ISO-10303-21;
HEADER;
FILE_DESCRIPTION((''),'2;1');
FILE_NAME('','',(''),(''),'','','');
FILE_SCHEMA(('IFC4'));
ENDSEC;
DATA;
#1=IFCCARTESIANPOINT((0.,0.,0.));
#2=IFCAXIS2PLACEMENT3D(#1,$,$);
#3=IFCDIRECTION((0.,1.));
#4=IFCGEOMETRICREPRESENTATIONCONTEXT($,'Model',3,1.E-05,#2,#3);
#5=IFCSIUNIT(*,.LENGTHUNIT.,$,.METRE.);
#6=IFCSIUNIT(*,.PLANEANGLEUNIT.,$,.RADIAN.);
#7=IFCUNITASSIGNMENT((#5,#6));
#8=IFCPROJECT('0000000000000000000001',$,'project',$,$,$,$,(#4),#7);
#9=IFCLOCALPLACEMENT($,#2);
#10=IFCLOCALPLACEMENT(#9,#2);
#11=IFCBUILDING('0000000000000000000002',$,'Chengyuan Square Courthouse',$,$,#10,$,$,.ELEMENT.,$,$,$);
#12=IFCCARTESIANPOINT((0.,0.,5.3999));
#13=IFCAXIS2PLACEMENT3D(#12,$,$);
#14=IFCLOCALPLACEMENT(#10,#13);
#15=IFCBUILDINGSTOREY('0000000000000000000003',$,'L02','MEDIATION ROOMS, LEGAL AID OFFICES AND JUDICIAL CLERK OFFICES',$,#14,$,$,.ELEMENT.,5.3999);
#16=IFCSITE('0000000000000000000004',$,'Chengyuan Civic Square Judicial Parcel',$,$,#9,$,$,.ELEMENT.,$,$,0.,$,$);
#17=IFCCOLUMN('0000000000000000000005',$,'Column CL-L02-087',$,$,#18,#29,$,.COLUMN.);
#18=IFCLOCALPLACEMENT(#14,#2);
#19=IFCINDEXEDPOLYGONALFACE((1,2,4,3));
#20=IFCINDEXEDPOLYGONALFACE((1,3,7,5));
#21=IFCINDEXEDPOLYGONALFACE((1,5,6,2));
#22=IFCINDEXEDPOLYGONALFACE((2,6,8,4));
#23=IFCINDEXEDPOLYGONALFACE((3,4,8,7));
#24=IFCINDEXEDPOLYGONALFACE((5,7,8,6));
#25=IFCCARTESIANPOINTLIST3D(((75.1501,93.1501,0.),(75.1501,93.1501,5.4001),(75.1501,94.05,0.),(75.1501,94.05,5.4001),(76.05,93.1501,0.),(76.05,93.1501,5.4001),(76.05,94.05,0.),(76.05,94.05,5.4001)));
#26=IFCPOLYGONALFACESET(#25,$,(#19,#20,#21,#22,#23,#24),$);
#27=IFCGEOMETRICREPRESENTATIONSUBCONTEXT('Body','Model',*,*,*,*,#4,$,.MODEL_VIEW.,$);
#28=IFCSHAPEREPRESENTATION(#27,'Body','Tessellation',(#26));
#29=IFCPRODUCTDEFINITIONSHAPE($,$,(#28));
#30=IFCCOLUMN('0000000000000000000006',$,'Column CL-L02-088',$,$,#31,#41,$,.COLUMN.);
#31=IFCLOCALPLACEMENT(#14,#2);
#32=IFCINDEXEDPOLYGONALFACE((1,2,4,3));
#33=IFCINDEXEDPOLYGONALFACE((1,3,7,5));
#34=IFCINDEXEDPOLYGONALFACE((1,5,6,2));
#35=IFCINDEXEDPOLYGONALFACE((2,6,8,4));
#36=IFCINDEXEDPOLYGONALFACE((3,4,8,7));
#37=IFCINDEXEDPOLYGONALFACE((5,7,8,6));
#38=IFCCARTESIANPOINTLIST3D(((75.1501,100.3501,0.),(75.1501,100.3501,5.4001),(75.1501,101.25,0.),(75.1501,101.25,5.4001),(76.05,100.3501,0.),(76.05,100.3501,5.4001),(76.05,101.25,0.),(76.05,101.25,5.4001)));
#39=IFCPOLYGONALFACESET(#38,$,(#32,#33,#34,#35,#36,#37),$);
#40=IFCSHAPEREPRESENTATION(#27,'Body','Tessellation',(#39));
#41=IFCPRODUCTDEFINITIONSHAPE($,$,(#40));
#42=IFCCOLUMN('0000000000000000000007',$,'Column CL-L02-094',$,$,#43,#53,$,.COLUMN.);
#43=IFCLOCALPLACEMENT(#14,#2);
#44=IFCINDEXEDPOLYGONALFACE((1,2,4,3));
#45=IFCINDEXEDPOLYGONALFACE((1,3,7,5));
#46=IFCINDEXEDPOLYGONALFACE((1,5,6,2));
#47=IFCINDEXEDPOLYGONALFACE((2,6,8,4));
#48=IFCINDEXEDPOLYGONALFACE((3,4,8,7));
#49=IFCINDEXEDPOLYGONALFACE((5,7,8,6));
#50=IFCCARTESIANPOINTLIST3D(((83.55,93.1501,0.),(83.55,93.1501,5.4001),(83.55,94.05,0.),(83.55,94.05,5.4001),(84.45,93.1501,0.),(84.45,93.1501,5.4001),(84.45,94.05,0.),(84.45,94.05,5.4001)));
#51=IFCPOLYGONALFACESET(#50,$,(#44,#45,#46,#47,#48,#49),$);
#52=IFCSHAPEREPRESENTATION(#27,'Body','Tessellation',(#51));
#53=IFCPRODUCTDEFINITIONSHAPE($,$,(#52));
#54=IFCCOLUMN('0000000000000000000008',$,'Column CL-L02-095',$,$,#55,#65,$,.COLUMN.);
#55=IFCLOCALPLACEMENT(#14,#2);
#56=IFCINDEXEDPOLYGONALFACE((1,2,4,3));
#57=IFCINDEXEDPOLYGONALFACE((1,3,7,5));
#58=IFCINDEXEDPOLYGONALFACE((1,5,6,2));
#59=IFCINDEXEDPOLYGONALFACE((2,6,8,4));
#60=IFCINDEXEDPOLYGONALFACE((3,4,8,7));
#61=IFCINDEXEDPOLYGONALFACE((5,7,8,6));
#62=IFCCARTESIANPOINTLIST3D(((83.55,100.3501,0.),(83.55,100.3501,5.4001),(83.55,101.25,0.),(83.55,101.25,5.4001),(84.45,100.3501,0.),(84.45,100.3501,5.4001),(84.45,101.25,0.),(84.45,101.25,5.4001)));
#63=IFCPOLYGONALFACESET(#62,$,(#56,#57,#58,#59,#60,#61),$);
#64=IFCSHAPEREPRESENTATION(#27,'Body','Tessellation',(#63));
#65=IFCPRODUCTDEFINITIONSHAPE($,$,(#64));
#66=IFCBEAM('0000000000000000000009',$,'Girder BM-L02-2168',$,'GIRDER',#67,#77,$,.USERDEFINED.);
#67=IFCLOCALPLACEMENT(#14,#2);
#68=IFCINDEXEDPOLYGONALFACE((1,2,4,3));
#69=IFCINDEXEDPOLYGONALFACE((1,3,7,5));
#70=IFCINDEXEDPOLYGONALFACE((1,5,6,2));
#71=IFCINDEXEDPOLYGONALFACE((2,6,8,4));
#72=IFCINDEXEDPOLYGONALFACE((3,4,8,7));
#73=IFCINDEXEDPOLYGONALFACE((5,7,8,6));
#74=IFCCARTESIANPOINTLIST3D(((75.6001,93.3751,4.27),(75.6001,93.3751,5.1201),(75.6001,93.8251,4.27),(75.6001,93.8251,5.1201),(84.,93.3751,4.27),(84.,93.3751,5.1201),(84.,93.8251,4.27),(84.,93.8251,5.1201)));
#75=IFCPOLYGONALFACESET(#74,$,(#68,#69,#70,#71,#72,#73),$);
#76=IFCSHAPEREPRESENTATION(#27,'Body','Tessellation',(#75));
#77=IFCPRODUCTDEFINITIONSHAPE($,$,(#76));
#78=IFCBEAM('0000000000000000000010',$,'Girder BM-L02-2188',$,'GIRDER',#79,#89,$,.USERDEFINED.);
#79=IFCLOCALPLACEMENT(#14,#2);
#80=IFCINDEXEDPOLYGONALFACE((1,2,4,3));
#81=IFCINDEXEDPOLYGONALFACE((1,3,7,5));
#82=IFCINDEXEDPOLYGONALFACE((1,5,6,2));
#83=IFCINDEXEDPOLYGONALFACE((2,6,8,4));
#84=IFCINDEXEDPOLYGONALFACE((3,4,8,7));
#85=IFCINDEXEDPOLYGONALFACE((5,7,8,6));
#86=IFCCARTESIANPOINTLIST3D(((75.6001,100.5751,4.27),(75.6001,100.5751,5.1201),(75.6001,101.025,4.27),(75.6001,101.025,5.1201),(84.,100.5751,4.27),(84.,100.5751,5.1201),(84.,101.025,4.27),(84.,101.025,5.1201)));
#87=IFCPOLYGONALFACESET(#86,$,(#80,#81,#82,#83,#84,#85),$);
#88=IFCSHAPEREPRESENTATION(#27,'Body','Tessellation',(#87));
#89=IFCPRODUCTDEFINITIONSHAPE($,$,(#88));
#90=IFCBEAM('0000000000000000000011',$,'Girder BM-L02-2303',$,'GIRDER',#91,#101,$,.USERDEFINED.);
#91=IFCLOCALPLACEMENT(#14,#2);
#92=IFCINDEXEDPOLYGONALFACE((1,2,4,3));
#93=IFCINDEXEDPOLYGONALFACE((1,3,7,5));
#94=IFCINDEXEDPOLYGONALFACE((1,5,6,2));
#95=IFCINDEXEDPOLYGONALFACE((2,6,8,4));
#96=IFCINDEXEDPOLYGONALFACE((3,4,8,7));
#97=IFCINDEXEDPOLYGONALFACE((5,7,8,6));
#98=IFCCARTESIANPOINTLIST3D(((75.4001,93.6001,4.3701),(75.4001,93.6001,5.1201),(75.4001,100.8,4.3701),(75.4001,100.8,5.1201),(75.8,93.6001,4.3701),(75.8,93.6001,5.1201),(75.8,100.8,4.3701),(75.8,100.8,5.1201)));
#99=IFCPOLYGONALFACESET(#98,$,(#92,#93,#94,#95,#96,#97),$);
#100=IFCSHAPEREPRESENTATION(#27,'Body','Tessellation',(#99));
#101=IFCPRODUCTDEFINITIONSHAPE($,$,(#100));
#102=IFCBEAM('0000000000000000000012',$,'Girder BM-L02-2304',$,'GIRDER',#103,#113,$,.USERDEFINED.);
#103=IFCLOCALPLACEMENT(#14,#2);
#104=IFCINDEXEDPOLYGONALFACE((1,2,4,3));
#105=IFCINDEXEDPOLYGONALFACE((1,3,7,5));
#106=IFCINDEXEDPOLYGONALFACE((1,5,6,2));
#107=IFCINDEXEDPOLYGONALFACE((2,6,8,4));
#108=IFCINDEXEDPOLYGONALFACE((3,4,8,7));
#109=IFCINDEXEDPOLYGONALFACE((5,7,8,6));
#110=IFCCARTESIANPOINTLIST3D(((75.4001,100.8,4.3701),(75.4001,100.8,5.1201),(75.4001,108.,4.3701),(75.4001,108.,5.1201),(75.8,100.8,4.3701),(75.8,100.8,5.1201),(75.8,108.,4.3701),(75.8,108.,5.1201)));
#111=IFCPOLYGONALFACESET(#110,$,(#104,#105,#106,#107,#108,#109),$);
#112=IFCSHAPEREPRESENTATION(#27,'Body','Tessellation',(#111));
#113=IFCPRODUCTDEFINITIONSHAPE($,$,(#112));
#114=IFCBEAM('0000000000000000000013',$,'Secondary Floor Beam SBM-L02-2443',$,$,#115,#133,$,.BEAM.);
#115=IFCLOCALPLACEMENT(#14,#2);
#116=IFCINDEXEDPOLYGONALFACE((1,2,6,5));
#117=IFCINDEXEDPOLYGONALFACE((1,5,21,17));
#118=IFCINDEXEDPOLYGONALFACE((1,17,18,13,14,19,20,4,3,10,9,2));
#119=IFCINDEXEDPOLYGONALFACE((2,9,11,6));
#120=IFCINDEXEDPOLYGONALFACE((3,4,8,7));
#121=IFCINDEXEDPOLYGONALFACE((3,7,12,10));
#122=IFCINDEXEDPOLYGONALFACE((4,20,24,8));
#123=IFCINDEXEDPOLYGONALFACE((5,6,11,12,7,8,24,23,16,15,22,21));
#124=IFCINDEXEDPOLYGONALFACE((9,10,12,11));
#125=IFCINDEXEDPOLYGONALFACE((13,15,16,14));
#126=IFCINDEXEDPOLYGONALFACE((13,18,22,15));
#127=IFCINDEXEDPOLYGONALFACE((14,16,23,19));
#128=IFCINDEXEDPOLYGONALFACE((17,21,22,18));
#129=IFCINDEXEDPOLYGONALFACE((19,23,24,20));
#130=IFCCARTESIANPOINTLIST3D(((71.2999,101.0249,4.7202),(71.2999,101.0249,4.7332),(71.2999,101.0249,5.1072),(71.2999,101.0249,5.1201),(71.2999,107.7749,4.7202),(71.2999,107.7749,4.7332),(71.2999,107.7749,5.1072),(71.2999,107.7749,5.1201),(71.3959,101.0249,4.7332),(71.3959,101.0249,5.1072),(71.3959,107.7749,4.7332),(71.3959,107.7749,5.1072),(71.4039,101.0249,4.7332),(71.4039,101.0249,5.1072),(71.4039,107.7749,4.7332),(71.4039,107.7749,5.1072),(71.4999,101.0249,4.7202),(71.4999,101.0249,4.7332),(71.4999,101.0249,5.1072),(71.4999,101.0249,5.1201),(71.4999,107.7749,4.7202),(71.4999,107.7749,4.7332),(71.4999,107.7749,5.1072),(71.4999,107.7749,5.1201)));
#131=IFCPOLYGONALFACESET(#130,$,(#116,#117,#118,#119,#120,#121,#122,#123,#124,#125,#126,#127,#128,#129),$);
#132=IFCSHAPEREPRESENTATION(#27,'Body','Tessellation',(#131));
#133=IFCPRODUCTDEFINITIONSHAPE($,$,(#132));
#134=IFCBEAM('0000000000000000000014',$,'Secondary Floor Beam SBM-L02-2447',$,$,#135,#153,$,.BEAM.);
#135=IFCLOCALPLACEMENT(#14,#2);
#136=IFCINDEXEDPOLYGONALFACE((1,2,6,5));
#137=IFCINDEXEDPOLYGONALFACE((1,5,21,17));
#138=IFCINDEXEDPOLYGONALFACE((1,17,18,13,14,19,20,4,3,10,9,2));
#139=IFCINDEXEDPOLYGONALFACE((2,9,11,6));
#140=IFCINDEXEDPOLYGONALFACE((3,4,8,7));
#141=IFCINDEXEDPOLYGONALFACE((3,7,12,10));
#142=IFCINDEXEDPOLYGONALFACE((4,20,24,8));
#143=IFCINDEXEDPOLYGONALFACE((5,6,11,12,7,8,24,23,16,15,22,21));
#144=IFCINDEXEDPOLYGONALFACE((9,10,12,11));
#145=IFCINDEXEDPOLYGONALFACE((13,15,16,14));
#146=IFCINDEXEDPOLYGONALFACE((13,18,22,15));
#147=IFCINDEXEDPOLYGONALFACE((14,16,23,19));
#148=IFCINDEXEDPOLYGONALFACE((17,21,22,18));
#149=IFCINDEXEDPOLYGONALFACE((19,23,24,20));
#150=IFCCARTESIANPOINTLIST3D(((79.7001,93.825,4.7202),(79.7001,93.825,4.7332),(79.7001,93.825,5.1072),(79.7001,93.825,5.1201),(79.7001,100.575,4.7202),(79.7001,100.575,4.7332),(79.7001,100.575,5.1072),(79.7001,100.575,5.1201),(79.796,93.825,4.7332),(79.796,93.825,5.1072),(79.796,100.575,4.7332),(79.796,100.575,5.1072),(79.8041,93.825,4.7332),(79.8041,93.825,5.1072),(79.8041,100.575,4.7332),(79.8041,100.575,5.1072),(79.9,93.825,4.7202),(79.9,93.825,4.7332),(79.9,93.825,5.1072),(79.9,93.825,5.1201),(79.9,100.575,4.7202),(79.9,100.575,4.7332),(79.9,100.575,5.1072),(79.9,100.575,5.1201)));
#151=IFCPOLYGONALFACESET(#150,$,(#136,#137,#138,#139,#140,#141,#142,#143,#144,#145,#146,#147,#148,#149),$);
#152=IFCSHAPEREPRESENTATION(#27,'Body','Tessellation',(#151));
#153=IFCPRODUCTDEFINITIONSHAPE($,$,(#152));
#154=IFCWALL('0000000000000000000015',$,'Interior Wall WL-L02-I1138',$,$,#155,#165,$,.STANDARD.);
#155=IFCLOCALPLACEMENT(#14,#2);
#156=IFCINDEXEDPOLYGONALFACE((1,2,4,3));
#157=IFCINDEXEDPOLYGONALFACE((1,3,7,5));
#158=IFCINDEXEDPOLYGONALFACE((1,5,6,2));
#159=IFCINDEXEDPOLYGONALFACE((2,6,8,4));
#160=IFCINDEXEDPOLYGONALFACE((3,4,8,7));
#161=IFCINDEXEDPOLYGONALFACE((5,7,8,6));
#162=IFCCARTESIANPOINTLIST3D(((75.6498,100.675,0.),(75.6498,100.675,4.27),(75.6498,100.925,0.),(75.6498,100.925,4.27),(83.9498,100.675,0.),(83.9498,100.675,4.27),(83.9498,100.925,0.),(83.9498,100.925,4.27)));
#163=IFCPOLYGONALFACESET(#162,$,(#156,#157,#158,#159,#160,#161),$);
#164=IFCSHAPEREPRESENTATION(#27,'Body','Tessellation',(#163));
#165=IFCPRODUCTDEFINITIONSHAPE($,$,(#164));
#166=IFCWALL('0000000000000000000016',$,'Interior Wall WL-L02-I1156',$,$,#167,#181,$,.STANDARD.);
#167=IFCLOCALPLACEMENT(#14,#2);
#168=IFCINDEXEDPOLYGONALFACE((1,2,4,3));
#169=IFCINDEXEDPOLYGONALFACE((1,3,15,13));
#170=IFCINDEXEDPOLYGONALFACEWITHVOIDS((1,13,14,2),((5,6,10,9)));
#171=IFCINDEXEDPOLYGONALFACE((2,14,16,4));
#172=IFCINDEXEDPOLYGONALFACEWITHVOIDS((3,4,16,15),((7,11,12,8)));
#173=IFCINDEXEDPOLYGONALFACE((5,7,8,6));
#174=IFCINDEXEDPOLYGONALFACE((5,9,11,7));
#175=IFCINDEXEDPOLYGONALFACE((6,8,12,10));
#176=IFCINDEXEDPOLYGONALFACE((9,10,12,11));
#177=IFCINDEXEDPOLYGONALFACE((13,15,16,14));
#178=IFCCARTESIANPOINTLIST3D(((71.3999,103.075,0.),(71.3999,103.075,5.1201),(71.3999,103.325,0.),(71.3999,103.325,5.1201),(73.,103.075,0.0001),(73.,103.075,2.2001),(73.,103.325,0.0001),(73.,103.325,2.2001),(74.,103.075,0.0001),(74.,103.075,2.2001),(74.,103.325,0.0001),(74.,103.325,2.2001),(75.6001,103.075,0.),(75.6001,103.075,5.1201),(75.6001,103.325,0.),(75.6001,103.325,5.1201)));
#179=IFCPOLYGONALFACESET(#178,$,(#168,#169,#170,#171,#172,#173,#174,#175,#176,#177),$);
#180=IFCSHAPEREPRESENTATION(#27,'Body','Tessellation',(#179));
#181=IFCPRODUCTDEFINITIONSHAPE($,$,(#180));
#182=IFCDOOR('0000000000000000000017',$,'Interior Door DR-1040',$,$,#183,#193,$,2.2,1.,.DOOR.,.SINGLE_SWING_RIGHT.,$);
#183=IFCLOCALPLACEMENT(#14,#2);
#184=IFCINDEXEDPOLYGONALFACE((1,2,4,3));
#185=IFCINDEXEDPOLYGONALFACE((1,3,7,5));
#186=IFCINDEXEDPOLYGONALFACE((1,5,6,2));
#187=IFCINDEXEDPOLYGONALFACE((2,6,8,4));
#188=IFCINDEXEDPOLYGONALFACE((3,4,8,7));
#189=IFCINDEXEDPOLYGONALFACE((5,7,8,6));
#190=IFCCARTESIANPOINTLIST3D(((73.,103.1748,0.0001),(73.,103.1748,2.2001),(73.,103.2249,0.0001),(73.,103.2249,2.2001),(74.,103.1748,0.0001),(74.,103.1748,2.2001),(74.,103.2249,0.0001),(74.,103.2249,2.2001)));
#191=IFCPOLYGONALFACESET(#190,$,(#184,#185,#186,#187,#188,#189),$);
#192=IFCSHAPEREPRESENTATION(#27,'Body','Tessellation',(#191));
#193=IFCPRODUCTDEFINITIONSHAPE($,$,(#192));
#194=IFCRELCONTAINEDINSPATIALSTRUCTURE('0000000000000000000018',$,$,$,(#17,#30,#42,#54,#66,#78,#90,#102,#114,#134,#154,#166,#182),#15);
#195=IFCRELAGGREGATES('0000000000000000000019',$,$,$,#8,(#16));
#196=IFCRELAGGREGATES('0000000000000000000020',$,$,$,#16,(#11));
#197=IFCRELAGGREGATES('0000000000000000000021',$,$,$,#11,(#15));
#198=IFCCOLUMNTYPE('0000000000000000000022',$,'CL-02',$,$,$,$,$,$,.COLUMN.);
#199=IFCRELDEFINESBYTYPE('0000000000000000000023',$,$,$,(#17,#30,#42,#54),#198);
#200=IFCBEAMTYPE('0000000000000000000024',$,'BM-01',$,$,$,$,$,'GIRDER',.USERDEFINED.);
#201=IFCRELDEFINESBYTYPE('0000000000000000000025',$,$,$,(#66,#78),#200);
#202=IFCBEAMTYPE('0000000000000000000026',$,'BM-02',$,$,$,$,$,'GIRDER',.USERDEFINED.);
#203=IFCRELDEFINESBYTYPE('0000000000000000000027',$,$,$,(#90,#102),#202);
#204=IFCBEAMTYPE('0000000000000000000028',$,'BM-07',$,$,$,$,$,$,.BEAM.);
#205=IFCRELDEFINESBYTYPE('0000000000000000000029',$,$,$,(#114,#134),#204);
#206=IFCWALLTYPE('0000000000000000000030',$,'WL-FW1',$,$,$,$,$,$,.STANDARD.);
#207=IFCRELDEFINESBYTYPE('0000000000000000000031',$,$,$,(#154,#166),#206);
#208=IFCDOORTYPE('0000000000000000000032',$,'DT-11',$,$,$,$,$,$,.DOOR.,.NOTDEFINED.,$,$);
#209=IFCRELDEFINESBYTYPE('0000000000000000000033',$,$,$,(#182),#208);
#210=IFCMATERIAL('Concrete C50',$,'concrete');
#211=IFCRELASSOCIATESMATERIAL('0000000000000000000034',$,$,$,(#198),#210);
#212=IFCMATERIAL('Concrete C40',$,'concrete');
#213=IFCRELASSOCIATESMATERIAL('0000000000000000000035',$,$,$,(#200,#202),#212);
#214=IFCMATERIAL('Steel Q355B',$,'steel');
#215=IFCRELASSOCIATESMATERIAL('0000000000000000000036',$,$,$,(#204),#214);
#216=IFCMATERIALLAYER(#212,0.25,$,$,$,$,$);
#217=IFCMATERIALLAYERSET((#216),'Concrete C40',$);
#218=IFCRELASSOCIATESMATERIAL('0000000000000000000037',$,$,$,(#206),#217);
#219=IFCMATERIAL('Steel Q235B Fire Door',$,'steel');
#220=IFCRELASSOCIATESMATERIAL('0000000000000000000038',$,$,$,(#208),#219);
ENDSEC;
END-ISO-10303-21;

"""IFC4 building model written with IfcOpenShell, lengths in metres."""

from ifc_helpers import new_model, si_unit, direction, frame, frame_2d, origin, origin_2d, place, context, subcontext, project, spatial, rectangle, i_section, extrude, material, layer, layer_set, material_profile, profile_set, type_object, element, fill, save


model = new_model("IFC4")

# Units and contexts
model_context = context("Model", 3, precision=1e-05, world=origin(), true_north=direction((0.0, 1.0)))
body_context = subcontext(model_context, "Body", "Model", "MODEL_VIEW")
ifc_project = project(units=[si_unit("LENGTHUNIT", "METRE"), si_unit("PLANEANGLEUNIT", "RADIAN")], contexts=[model_context])

# Site, building, storey
site_placement = place(None, origin())
site = spatial("IfcSite", under=ifc_project, at=site_placement, Name="Chengyuan Civic Square Judicial Parcel", CompositionType="ELEMENT", RefElevation=0.0)
building_placement = place(site_placement, origin())
building = spatial("IfcBuilding", under=site, at=building_placement, Name="Chengyuan Square Courthouse", CompositionType="ELEMENT")
storey_placement = place(building_placement, frame((0.0, 0.0, 5.3999)))
storey = spatial("IfcBuildingStorey", under=building, at=storey_placement, Name="L02", Description="MEDIATION ROOMS, LEGAL AID OFFICES AND JUDICIAL CLERK OFFICES", CompositionType="ELEMENT", Elevation=5.3999)

# Columns
ifc_material_1 = material(Name="Concrete C50", Category="concrete")
ifc_material_profile_1 = material_profile(ifc_material_1, rectangle(XDim=0.8999, YDim=0.8999, at=origin_2d()), Name="RC-COL-900x900")
ifc_profile_set_1 = profile_set([ifc_material_profile_1], Name="Concrete C50")
column_type = type_object("IfcColumnType", Name="CL-02", PredefinedType="COLUMN", material=ifc_profile_set_1)
for number, where, z_axis, x_axis, name in (
    (1, (75.6001, 93.6001, 0.0), (0.0, 0.0, 1.0), (1.0, 0.0, 0.0), "Column CL-L02-087"),
    (2, (75.6001, 100.8, 0.0), (0.0, 0.0, 1.0), (1.0, 0.0, 0.0), "Column CL-L02-088"),
    (3, (84.0, 93.6001, 0.0), (0.0, 0.0, 1.0), (1.0, 0.0, 0.0), "Column CL-L02-094"),
    (4, (84.0, 100.8, 0.0), (0.0, 0.0, 1.0), (1.0, 0.0, 0.0), "Column CL-L02-095"),
):
    element("IfcColumn", number, at=place(storey_placement, frame(where, z_axis=z_axis, x_axis=x_axis)), inside=storey, type_object=column_type, Name=name, PredefinedType="COLUMN", context=body_context, shape_type="SweptSolid", body=[
        extrude(rectangle(XDim=0.8999, YDim=0.8999, at=origin_2d()), origin(), (0.0, 0.0, 1.0), 5.4001),
    ])

# Beams
ifc_material_2 = material(Name="Concrete C40", Category="concrete")
ifc_material_profile_2 = material_profile(ifc_material_2, rectangle(XDim=0.45, YDim=0.8501, at=origin_2d()), Name="RC-BM-450x850")
ifc_profile_set_2 = profile_set([ifc_material_profile_2], Name="Concrete C40")
beam_type_1 = type_object("IfcBeamType", Name="BM-01", ElementType="GIRDER", PredefinedType="USERDEFINED", material=ifc_profile_set_2)
for number, where, z_axis, x_axis, name in (
    (5, (75.6001, 93.6001, 4.6951), (1.0, 0.0, 0.0), (0.0, 1.0, 0.0), "Girder BM-L02-2168"),
    (6, (75.6001, 100.8, 4.6951), (1.0, 0.0, 0.0), (0.0, 1.0, 0.0), "Girder BM-L02-2188"),
):
    element("IfcBeam", number, at=place(storey_placement, frame(where, z_axis=z_axis, x_axis=x_axis)), inside=storey, type_object=beam_type_1, Name=name, ObjectType="GIRDER", PredefinedType="USERDEFINED", context=body_context, shape_type="SweptSolid", body=[
        extrude(rectangle(XDim=0.45, YDim=0.8501, at=origin_2d()), origin(), (0.0, 0.0, 1.0), 8.3999),
    ])
ifc_material_profile_3 = material_profile(ifc_material_2, rectangle(XDim=0.3999, YDim=0.75, at=origin_2d()), Name="RC-BM-400x750")
ifc_profile_set_3 = profile_set([ifc_material_profile_3], Name="Concrete C40")
beam_type_2 = type_object("IfcBeamType", Name="BM-02", ElementType="GIRDER", PredefinedType="USERDEFINED", material=ifc_profile_set_3)
for number, where, z_axis, x_axis, name in (
    (7, (75.6001, 93.6001, 4.7451), (0.0, 1.0, 0.0), (-1.0, 0.0, 0.0), "Girder BM-L02-2303"),
    (8, (75.6001, 100.8, 4.7451), (0.0, 1.0, 0.0), (-1.0, 0.0, 0.0), "Girder BM-L02-2304"),
):
    element("IfcBeam", number, at=place(storey_placement, frame(where, z_axis=z_axis, x_axis=x_axis)), inside=storey, type_object=beam_type_2, Name=name, ObjectType="GIRDER", PredefinedType="USERDEFINED", context=body_context, shape_type="SweptSolid", body=[
        extrude(rectangle(XDim=0.3999, YDim=0.75, at=origin_2d()), origin(), (0.0, 0.0, 1.0), 7.2),
    ])
ifc_material_3 = material(Name="Steel Q355B", Category="steel")
ifc_material_profile_4 = material_profile(ifc_material_3, i_section(OverallWidth=0.2, OverallDepth=0.3999, WebThickness=0.0081, FlangeThickness=0.0129, at=origin_2d()), Name="HN 400x200x8x13")
ifc_profile_set_4 = profile_set([ifc_material_profile_4], Name="Steel Q355B")
beam_type_3 = type_object("IfcBeamType", Name="BM-07", PredefinedType="BEAM", material=ifc_profile_set_4)
for number, where, z_axis, x_axis, name in (
    (9, (71.3999, 101.0249, 4.9202), (0.0, 1.0, 0.0), (-1.0, 0.0, 0.0), "Secondary Floor Beam SBM-L02-2443"),
    (10, (79.8, 93.825, 4.9202), (0.0, 1.0, 0.0), (-1.0, 0.0, 0.0), "Secondary Floor Beam SBM-L02-2447"),
):
    element("IfcBeam", number, at=place(storey_placement, frame(where, z_axis=z_axis, x_axis=x_axis)), inside=storey, type_object=beam_type_3, Name=name, PredefinedType="BEAM", context=body_context, shape_type="SweptSolid", body=[
        extrude(i_section(OverallWidth=0.2, OverallDepth=0.3999, WebThickness=0.0081, FlangeThickness=0.0129, at=origin_2d()), origin(), (0.0, 0.0, 1.0), 6.75),
    ])

# Wall
ifc_layer_1 = layer(ifc_material_2, 0.25)
ifc_layer_set_1 = layer_set([ifc_layer_1], Name="Concrete C40")
wall_type_1 = type_object("IfcWallType", Name="WL-FW1", PredefinedType="STANDARD", material=ifc_layer_set_1)
wall_1_placement = place(storey_placement, frame((75.6499, 100.8, 0.0), z_axis=(0.0, 0.0, 1.0), x_axis=(1.0, 0.0, 0.0)))
element("IfcWall", 11, at=wall_1_placement, inside=storey, type_object=wall_type_1, Name="Interior Wall WL-L02-I1138", PredefinedType="STANDARD", context=body_context, shape_type="SweptSolid", body=[
    extrude(rectangle(XDim=8.3, YDim=0.25, at=frame_2d((4.1499, 0.0))), origin(), (0.0, 0.0, 1.0), 4.27),
])

# Wall, opening, door
wall_2_placement = place(storey_placement, frame((71.3999, 103.2, 0.0), z_axis=(0.0, 0.0, 1.0), x_axis=(1.0, 0.0, 0.0)))
wall_2 = element("IfcWall", 12, at=wall_2_placement, inside=storey, type_object=wall_type_1, Name="Interior Wall WL-L02-I1156", PredefinedType="STANDARD", context=body_context, shape_type="SweptSolid", body=[
    extrude(rectangle(XDim=4.2002, YDim=0.25, at=frame_2d((2.1001, 0.0))), origin(), (0.0, 0.0, 1.0), 5.1201),
])
opening_1_placement = place(wall_2_placement, frame((1.6001, 0.0, 0.0)))
opening_1 = element("IfcOpeningElement", 13, at=opening_1_placement, cuts=wall_2, PredefinedType="OPENING", context=body_context, shape_type="SweptSolid", body=[
    extrude(rectangle(XDim=1.0, YDim=2.2, at=frame_2d((0.5, 1.1001))), frame((0.0, 0.137, 0.0), z_axis=(0.0, -1.0, 0.0), x_axis=(1.0, 0.0, 0.0)), (0.0, 0.0, 1.0), 0.2739),
])
ifc_material_4 = material(Name="Steel Q235B Fire Door", Category="steel")
door_type_1 = type_object("IfcDoorType", Name="DT-11", OperationType="NOTDEFINED", PredefinedType="DOOR", material=ifc_material_4)
door_1_placement = place(opening_1_placement, origin())
door_1 = element("IfcDoor", 14, at=door_1_placement, inside=storey, type_object=door_type_1, Name="Interior Door DR-1040", OperationType="SINGLE_SWING_RIGHT", OverallHeight=2.2, OverallWidth=1.0, PredefinedType="DOOR", context=body_context, shape_type="SweptSolid", body=[
    extrude(rectangle(XDim=1.0, YDim=2.2, at=frame_2d((0.5, 1.1001))), frame((0.0, 0.0249, 0.0), z_axis=(0.0, -1.0, 0.0), x_axis=(1.0, 0.0, 0.0)), (0.0, 0.0, 1.0), 0.05),
])
fill(opening_1, door_1)

save(model, "model.ifc")
